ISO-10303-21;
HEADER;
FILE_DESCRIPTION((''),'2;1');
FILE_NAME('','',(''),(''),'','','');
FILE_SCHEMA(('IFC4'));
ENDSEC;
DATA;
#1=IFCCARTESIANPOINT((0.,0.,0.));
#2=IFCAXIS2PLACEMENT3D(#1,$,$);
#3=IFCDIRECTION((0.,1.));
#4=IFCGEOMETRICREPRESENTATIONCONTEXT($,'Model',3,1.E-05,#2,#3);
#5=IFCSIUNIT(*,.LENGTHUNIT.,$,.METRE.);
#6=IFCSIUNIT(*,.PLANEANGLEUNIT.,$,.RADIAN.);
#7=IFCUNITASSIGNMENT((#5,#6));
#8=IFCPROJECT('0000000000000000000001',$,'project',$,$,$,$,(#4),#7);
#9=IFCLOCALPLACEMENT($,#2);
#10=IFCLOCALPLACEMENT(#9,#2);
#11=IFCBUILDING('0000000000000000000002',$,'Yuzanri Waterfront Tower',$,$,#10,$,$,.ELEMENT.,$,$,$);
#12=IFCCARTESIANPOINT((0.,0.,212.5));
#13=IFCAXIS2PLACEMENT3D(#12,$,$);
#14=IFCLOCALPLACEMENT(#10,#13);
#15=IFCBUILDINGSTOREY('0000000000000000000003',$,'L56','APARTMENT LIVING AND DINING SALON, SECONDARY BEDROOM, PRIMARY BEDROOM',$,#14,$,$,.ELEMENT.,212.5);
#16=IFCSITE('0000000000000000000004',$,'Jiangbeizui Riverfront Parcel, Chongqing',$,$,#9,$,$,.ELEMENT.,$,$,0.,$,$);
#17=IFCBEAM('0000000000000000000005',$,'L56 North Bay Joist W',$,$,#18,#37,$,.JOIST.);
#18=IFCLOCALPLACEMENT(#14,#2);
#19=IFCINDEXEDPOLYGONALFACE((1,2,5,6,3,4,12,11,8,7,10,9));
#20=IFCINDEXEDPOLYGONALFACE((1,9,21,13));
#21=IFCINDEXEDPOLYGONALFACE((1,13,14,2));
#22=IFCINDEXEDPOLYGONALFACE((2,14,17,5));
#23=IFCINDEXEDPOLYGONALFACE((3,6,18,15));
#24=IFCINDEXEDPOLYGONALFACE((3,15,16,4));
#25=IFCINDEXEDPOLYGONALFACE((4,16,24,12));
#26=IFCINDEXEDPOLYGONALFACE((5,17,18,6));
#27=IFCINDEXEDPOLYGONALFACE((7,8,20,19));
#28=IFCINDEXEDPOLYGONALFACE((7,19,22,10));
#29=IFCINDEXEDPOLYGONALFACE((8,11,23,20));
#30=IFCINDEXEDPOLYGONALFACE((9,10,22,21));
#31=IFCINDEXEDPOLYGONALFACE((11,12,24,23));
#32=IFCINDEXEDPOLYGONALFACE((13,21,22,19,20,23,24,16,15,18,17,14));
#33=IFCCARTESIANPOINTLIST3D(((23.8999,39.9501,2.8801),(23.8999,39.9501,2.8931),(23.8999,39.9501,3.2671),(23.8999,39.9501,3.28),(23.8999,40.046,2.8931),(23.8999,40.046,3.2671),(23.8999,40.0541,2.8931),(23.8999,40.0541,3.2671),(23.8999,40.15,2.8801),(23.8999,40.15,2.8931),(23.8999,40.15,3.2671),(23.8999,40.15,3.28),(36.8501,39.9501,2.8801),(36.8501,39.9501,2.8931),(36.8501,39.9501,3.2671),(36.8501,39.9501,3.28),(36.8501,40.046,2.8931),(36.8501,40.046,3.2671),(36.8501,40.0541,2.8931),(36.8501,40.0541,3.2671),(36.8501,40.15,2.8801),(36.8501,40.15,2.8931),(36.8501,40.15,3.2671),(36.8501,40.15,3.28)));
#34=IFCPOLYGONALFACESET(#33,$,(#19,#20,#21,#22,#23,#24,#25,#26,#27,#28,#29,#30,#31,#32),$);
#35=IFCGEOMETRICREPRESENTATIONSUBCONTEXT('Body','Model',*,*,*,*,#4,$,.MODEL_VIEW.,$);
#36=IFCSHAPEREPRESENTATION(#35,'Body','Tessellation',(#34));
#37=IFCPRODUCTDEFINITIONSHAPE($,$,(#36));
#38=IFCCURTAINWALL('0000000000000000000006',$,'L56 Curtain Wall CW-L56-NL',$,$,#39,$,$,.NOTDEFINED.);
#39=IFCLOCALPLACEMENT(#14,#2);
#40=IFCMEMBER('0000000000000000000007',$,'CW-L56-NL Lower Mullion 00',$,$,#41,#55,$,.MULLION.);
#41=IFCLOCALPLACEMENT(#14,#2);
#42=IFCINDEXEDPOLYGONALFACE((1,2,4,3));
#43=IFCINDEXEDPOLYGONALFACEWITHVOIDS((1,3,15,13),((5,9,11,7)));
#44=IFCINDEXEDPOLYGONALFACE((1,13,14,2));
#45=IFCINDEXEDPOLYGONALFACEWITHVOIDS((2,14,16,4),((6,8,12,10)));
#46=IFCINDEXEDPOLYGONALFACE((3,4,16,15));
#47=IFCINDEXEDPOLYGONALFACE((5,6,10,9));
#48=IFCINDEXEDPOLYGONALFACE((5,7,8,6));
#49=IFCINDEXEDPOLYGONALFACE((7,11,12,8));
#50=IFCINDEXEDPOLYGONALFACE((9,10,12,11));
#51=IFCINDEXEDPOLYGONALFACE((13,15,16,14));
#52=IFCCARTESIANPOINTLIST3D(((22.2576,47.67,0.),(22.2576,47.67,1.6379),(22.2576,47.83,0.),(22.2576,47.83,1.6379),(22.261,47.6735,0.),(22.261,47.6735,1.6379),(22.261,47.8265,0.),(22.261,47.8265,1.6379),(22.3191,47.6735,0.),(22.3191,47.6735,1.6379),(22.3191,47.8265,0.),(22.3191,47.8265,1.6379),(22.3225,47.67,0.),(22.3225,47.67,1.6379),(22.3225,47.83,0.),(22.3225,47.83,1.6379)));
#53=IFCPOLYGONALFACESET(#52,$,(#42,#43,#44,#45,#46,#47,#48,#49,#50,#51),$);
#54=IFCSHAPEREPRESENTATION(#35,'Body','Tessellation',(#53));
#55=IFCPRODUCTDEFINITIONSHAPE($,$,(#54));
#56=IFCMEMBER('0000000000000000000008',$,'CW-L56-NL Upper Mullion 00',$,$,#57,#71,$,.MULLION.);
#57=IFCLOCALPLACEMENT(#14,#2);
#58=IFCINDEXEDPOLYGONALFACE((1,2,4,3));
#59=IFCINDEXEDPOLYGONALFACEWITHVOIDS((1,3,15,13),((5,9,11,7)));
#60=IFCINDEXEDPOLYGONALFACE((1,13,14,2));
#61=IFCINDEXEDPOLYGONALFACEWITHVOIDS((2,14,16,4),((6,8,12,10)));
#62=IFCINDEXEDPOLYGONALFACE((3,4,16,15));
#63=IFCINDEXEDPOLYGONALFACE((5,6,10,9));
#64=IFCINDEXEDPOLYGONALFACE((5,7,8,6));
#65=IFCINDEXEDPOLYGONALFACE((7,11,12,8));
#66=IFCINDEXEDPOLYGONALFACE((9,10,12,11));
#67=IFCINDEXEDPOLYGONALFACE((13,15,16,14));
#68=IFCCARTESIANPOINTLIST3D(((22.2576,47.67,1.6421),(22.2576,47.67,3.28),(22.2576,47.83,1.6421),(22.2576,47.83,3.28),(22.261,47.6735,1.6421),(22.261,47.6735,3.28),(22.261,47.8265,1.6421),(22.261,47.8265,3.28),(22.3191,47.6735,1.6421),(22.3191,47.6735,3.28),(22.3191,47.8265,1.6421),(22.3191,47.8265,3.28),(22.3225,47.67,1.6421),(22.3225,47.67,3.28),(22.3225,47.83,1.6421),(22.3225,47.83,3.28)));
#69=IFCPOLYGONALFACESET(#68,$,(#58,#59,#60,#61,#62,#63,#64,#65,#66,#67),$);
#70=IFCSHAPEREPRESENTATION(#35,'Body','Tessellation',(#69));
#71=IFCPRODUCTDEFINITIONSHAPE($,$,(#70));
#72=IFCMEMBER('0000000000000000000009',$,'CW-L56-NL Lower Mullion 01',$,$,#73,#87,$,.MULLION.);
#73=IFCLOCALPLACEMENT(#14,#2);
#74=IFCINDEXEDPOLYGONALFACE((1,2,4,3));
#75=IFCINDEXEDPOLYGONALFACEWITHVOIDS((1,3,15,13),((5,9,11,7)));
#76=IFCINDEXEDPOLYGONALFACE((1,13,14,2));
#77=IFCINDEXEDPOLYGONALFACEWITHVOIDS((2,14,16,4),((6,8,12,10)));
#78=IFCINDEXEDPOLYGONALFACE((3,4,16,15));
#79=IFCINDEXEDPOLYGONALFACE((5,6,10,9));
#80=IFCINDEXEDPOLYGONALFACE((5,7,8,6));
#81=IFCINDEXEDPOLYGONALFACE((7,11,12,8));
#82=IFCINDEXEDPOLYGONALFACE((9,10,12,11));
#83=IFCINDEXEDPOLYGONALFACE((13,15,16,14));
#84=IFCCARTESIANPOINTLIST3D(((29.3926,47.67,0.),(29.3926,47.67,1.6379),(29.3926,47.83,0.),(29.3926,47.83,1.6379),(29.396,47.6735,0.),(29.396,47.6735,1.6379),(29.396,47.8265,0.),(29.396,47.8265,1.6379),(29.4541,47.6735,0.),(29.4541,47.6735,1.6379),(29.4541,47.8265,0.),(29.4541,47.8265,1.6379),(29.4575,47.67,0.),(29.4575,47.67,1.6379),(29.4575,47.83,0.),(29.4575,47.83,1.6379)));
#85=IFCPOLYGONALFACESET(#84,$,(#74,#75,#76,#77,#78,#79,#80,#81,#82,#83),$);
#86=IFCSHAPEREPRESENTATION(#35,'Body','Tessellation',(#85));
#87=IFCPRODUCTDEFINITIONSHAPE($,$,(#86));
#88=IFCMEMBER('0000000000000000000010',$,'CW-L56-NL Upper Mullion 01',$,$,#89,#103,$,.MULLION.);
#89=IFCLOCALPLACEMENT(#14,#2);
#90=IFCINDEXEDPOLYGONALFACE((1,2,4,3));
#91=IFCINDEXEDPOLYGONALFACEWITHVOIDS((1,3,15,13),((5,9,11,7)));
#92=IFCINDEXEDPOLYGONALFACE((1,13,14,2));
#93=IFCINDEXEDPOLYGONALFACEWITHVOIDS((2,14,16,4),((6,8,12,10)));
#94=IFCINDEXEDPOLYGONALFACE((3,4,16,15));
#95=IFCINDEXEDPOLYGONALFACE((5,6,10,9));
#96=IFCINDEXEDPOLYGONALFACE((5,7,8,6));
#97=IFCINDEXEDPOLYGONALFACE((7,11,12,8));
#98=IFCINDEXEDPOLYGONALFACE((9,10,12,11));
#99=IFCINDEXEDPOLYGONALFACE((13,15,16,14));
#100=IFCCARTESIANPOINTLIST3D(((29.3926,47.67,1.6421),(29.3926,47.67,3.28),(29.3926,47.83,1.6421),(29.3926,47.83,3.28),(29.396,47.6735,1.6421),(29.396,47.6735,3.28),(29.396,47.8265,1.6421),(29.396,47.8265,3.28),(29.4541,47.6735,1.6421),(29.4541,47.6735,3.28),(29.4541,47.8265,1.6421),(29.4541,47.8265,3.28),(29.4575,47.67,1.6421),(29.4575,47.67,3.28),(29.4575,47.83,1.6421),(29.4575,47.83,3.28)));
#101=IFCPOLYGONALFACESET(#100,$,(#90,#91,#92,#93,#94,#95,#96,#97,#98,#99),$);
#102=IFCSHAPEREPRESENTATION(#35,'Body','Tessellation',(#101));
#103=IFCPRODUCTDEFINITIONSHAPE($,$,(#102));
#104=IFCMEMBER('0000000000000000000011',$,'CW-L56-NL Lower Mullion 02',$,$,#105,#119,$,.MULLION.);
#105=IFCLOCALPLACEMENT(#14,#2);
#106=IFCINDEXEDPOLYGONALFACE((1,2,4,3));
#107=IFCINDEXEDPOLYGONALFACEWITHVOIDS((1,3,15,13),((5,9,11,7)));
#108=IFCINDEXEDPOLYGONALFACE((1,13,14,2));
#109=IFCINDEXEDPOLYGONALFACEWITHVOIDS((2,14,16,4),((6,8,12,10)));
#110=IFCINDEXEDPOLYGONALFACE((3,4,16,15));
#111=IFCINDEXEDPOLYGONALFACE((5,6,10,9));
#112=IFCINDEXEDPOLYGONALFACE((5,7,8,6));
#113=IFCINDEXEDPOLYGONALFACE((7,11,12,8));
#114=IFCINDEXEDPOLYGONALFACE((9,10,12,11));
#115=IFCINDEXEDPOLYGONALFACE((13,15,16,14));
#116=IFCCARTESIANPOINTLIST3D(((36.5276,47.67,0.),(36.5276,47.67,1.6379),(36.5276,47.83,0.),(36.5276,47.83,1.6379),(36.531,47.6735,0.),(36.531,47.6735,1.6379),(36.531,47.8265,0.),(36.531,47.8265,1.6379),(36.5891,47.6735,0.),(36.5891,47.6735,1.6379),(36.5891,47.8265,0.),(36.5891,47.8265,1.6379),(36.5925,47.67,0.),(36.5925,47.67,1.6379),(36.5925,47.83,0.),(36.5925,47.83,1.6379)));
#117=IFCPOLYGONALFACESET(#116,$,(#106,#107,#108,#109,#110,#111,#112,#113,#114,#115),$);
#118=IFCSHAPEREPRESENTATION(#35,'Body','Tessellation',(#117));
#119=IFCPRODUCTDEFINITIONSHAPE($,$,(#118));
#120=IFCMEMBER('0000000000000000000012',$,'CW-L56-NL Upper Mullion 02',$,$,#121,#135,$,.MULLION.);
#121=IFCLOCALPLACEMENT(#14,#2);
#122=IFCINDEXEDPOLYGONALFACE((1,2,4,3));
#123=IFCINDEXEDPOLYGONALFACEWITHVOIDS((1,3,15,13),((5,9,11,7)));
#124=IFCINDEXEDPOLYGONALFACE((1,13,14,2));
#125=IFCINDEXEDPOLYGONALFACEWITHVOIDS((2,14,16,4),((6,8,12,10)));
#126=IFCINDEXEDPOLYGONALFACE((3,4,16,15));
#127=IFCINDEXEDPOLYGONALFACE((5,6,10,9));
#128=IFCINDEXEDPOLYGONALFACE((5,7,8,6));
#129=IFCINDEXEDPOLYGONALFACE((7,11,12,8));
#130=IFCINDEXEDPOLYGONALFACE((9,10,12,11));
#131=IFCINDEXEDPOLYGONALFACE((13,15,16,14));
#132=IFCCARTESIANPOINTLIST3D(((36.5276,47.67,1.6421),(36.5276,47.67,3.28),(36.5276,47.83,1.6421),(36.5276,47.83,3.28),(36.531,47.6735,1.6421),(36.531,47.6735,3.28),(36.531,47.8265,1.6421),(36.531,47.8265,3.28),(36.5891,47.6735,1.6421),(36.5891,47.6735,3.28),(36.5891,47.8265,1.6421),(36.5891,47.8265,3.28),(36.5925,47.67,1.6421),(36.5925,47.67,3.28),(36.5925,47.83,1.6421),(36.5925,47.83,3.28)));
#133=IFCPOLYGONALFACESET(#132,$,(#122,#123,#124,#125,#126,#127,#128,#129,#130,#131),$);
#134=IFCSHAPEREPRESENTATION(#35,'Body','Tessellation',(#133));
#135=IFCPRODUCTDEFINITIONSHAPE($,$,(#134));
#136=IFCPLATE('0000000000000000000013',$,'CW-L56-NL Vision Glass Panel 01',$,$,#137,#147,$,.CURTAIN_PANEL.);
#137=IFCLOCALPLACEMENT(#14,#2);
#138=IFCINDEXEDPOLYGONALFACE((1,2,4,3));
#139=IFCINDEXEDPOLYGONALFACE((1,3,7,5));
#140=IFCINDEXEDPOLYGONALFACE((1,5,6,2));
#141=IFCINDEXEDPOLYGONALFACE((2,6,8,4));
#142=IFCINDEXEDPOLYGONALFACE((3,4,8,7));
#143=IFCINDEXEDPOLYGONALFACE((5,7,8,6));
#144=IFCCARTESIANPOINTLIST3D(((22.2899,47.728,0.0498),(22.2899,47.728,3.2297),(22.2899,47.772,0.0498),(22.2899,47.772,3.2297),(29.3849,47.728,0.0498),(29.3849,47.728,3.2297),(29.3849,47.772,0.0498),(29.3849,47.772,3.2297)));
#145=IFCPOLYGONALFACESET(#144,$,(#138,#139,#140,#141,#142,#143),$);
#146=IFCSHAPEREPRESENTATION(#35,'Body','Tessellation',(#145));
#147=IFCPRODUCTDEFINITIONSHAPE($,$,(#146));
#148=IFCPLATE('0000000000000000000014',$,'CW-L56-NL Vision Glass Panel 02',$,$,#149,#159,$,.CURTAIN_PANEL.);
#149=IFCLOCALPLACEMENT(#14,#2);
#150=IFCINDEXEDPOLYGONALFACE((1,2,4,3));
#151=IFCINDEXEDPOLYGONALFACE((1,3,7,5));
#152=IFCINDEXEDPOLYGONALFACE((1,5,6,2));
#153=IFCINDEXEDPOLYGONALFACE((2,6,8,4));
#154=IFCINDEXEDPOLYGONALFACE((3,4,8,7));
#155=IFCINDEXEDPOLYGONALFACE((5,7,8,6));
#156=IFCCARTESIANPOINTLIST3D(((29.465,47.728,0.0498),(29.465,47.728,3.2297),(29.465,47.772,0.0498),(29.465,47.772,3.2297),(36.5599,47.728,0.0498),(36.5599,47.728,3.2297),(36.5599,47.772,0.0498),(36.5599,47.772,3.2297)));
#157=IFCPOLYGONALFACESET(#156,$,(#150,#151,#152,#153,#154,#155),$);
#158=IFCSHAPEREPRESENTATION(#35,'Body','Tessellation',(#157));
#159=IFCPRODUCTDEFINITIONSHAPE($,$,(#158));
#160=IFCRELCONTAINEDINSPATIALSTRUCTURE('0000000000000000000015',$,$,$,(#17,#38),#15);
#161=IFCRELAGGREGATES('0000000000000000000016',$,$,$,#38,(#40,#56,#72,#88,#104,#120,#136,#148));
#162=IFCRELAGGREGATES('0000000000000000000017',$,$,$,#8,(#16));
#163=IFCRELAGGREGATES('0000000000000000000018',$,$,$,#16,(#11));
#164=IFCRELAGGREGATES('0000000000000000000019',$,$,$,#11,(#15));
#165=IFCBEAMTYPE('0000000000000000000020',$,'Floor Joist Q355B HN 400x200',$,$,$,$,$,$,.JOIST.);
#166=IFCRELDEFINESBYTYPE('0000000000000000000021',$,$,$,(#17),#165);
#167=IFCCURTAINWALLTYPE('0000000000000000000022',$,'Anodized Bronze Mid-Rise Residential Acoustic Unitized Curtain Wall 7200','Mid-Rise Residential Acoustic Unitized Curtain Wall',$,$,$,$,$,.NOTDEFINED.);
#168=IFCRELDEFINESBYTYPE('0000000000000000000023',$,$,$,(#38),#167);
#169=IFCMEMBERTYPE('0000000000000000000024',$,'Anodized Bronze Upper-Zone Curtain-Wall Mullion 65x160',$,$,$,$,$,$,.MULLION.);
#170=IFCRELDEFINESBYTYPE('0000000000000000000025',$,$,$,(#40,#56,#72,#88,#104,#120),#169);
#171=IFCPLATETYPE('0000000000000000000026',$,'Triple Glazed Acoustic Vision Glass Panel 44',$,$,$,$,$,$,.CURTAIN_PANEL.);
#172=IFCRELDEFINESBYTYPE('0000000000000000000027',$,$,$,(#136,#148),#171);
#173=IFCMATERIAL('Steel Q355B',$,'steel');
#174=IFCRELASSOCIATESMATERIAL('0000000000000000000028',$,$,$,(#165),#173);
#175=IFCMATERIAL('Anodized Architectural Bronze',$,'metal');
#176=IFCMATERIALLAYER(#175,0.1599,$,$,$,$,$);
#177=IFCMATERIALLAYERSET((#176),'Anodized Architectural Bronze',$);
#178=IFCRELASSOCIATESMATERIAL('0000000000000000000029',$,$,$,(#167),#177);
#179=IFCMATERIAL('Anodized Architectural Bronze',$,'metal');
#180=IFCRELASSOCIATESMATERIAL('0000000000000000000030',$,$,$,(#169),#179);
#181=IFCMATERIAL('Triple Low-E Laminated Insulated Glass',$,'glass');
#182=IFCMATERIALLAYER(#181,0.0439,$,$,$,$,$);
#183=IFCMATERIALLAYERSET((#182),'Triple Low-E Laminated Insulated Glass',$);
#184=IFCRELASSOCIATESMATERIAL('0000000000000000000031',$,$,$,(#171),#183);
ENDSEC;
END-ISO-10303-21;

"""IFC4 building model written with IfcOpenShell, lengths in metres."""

from ifc_helpers import new_model, si_unit, direction, frame, origin, origin_2d, place, context, subcontext, project, spatial, rectangle, hollow_rectangle, i_section, extrude, source, transform, mapped, material, layer, layer_set, material_profile, profile_set, type_object, element, aggregate, save


model = new_model("IFC4")

# Units and contexts
model_context = context("Model", 3, precision=1e-05, world=origin(), true_north=direction((0.0, 1.0)))
body_context = subcontext(model_context, "Body", "Model", "MODEL_VIEW")
ifc_project = project(units=[si_unit("LENGTHUNIT", "METRE"), si_unit("PLANEANGLEUNIT", "RADIAN")], contexts=[model_context])

# Site, building, storey
site_placement = place(None, origin())
site = spatial("IfcSite", under=ifc_project, at=site_placement, Name="Jiangbeizui Riverfront Parcel, Chongqing", CompositionType="ELEMENT", RefElevation=0.0)
building_placement = place(site_placement, origin())
building = spatial("IfcBuilding", under=site, at=building_placement, Name="Yuzanri Waterfront Tower", CompositionType="ELEMENT")
storey_placement = place(building_placement, frame((0.0, 0.0, 212.5)))
storey = spatial("IfcBuildingStorey", under=building, at=storey_placement, Name="L56", Description="APARTMENT LIVING AND DINING SALON, SECONDARY BEDROOM, PRIMARY BEDROOM", CompositionType="ELEMENT", Elevation=212.5)

# Beam
ifc_material_1 = material(Name="Steel Q355B", Category="steel")
ifc_material_profile_1 = material_profile(ifc_material_1, i_section(OverallWidth=0.2, OverallDepth=0.3999, WebThickness=0.0081, FlangeThickness=0.0129, at=origin_2d()), Name="HN 400x200x8x13")
ifc_profile_set_1 = profile_set([ifc_material_profile_1], Name="Steel Q355B")
beam_type = type_object("IfcBeamType", Name="Floor Joist Q355B HN 400x200", PredefinedType="JOIST", material=ifc_profile_set_1)
shared_shape_1 = source(origin(), body_context, "Body", "SweptSolid", [
    extrude(i_section(OverallWidth=0.2, OverallDepth=0.3999, WebThickness=0.0081, FlangeThickness=0.0129, at=origin_2d()), origin(), (0.0, 0.0, 1.0), 12.9502),
])
beam_placement = place(storey_placement, frame((23.8999, 40.05, 3.0801), z_axis=(1.0, 0.0, 0.0), x_axis=(0.0, 1.0, 0.0)))
element("IfcBeam", 1, at=beam_placement, inside=storey, type_object=beam_type, Name="L56 North Bay Joist W", PredefinedType="JOIST", context=body_context, shape_type="MappedRepresentation", body=[
    mapped(shared_shape_1, transform((0.0, 0.0, 0.0), scale=1.0)),
])

# Curtain wall, members, plates
ifc_material_2 = material(Name="Anodized Architectural Bronze", Category="metal")
ifc_layer_1 = layer(ifc_material_2, 0.1599)
ifc_layer_set_1 = layer_set([ifc_layer_1], Name="Anodized Architectural Bronze")
curtain_wall_type = type_object("IfcCurtainWallType", Name="Anodized Bronze Mid-Rise Residential Acoustic Unitized Curtain Wall 7200", Description="Mid-Rise Residential Acoustic Unitized Curtain Wall", PredefinedType="NOTDEFINED", material=ifc_layer_set_1)
curtain_wall_placement = place(storey_placement, origin())
curtain_wall = element("IfcCurtainWall", 2, at=curtain_wall_placement, inside=storey, type_object=curtain_wall_type, Name="L56 Curtain Wall CW-L56-NL", PredefinedType="NOTDEFINED")
ifc_material_3 = material(Name="Anodized Architectural Bronze", Category="metal")
ifc_material_profile_2 = material_profile(ifc_material_3, hollow_rectangle(XDim=0.0649, YDim=0.1599, WallThickness=0.0034, at=origin_2d()), Name="CWM 65x160")
ifc_profile_set_2 = profile_set([ifc_material_profile_2], Name="Anodized Architectural Bronze")
member_type = type_object("IfcMemberType", Name="Anodized Bronze Upper-Zone Curtain-Wall Mullion 65x160", PredefinedType="MULLION", material=ifc_profile_set_2)
shared_shape_2 = source(origin(), body_context, "Body", "SweptSolid", [
    extrude(hollow_rectangle(XDim=0.0649, YDim=0.1599, WallThickness=0.0034, at=origin_2d()), origin(), (0.0, 0.0, 1.0), 1.6379),
])
member_1_placement = place(storey_placement, frame((22.29, 47.75, 0.0), z_axis=(0.0, 0.0, 1.0), x_axis=(1.0, 0.0, 0.0)))
member_1 = element("IfcMember", 3, at=member_1_placement, type_object=member_type, Name="CW-L56-NL Lower Mullion 00", PredefinedType="MULLION", context=body_context, shape_type="MappedRepresentation", body=[
    mapped(shared_shape_2, transform((0.0, 0.0, 0.0), scale=1.0)),
])
member_2_placement = place(storey_placement, frame((22.29, 47.75, 1.6421), z_axis=(0.0, 0.0, 1.0), x_axis=(1.0, 0.0, 0.0)))
member_2 = element("IfcMember", 4, at=member_2_placement, type_object=member_type, Name="CW-L56-NL Upper Mullion 00", PredefinedType="MULLION", context=body_context, shape_type="MappedRepresentation", body=[
    mapped(shared_shape_2, transform((0.0, 0.0, 0.0), scale=1.0)),
])
member_3_placement = place(storey_placement, frame((29.425, 47.75, 0.0), z_axis=(0.0, 0.0, 1.0), x_axis=(1.0, 0.0, 0.0)))
member_3 = element("IfcMember", 5, at=member_3_placement, type_object=member_type, Name="CW-L56-NL Lower Mullion 01", PredefinedType="MULLION", context=body_context, shape_type="MappedRepresentation", body=[
    mapped(shared_shape_2, transform((0.0, 0.0, 0.0), scale=1.0)),
])
member_4_placement = place(storey_placement, frame((29.425, 47.75, 1.6421), z_axis=(0.0, 0.0, 1.0), x_axis=(1.0, 0.0, 0.0)))
member_4 = element("IfcMember", 6, at=member_4_placement, type_object=member_type, Name="CW-L56-NL Upper Mullion 01", PredefinedType="MULLION", context=body_context, shape_type="MappedRepresentation", body=[
    mapped(shared_shape_2, transform((0.0, 0.0, 0.0), scale=1.0)),
])
member_5_placement = place(storey_placement, frame((36.5601, 47.75, 0.0), z_axis=(0.0, 0.0, 1.0), x_axis=(1.0, 0.0, 0.0)))
member_5 = element("IfcMember", 7, at=member_5_placement, type_object=member_type, Name="CW-L56-NL Lower Mullion 02", PredefinedType="MULLION", context=body_context, shape_type="MappedRepresentation", body=[
    mapped(shared_shape_2, transform((0.0, 0.0, 0.0), scale=1.0)),
])
member_6_placement = place(storey_placement, frame((36.5601, 47.75, 1.6421), z_axis=(0.0, 0.0, 1.0), x_axis=(1.0, 0.0, 0.0)))
member_6 = element("IfcMember", 8, at=member_6_placement, type_object=member_type, Name="CW-L56-NL Upper Mullion 02", PredefinedType="MULLION", context=body_context, shape_type="MappedRepresentation", body=[
    mapped(shared_shape_2, transform((0.0, 0.0, 0.0), scale=1.0)),
])
ifc_material_4 = material(Name="Triple Low-E Laminated Insulated Glass", Category="glass")
ifc_layer_2 = layer(ifc_material_4, 0.0439)
ifc_layer_set_2 = layer_set([ifc_layer_2], Name="Triple Low-E Laminated Insulated Glass")
plate_type = type_object("IfcPlateType", Name="Triple Glazed Acoustic Vision Glass Panel 44", PredefinedType="CURTAIN_PANEL", material=ifc_layer_set_2)
shared_shape_3 = source(origin(), body_context, "Body", "SweptSolid", [
    extrude(rectangle(XDim=7.095, YDim=0.0439, at=origin_2d()), origin(), (0.0, 0.0, 1.0), 3.1799),
])
plate_1_placement = place(storey_placement, frame((25.8374, 47.75, 0.0498), z_axis=(0.0, 0.0, 1.0), x_axis=(1.0, 0.0, 0.0)))
plate_1 = element("IfcPlate", 9, at=plate_1_placement, type_object=plate_type, Name="CW-L56-NL Vision Glass Panel 01", PredefinedType="CURTAIN_PANEL", context=body_context, shape_type="MappedRepresentation", body=[
    mapped(shared_shape_3, transform((0.0, 0.0, 0.0), scale=1.0)),
])
plate_2_placement = place(storey_placement, frame((33.0125, 47.75, 0.0498), z_axis=(0.0, 0.0, 1.0), x_axis=(1.0, 0.0, 0.0)))
plate_2 = element("IfcPlate", 10, at=plate_2_placement, type_object=plate_type, Name="CW-L56-NL Vision Glass Panel 02", PredefinedType="CURTAIN_PANEL", context=body_context, shape_type="MappedRepresentation", body=[
    mapped(shared_shape_3, transform((0.0, 0.0, 0.0), scale=1.0)),
])
aggregate(curtain_wall, [member_1, member_2, member_3, member_4, member_5, member_6, plate_1, plate_2])

save(model, "model.ifc")
